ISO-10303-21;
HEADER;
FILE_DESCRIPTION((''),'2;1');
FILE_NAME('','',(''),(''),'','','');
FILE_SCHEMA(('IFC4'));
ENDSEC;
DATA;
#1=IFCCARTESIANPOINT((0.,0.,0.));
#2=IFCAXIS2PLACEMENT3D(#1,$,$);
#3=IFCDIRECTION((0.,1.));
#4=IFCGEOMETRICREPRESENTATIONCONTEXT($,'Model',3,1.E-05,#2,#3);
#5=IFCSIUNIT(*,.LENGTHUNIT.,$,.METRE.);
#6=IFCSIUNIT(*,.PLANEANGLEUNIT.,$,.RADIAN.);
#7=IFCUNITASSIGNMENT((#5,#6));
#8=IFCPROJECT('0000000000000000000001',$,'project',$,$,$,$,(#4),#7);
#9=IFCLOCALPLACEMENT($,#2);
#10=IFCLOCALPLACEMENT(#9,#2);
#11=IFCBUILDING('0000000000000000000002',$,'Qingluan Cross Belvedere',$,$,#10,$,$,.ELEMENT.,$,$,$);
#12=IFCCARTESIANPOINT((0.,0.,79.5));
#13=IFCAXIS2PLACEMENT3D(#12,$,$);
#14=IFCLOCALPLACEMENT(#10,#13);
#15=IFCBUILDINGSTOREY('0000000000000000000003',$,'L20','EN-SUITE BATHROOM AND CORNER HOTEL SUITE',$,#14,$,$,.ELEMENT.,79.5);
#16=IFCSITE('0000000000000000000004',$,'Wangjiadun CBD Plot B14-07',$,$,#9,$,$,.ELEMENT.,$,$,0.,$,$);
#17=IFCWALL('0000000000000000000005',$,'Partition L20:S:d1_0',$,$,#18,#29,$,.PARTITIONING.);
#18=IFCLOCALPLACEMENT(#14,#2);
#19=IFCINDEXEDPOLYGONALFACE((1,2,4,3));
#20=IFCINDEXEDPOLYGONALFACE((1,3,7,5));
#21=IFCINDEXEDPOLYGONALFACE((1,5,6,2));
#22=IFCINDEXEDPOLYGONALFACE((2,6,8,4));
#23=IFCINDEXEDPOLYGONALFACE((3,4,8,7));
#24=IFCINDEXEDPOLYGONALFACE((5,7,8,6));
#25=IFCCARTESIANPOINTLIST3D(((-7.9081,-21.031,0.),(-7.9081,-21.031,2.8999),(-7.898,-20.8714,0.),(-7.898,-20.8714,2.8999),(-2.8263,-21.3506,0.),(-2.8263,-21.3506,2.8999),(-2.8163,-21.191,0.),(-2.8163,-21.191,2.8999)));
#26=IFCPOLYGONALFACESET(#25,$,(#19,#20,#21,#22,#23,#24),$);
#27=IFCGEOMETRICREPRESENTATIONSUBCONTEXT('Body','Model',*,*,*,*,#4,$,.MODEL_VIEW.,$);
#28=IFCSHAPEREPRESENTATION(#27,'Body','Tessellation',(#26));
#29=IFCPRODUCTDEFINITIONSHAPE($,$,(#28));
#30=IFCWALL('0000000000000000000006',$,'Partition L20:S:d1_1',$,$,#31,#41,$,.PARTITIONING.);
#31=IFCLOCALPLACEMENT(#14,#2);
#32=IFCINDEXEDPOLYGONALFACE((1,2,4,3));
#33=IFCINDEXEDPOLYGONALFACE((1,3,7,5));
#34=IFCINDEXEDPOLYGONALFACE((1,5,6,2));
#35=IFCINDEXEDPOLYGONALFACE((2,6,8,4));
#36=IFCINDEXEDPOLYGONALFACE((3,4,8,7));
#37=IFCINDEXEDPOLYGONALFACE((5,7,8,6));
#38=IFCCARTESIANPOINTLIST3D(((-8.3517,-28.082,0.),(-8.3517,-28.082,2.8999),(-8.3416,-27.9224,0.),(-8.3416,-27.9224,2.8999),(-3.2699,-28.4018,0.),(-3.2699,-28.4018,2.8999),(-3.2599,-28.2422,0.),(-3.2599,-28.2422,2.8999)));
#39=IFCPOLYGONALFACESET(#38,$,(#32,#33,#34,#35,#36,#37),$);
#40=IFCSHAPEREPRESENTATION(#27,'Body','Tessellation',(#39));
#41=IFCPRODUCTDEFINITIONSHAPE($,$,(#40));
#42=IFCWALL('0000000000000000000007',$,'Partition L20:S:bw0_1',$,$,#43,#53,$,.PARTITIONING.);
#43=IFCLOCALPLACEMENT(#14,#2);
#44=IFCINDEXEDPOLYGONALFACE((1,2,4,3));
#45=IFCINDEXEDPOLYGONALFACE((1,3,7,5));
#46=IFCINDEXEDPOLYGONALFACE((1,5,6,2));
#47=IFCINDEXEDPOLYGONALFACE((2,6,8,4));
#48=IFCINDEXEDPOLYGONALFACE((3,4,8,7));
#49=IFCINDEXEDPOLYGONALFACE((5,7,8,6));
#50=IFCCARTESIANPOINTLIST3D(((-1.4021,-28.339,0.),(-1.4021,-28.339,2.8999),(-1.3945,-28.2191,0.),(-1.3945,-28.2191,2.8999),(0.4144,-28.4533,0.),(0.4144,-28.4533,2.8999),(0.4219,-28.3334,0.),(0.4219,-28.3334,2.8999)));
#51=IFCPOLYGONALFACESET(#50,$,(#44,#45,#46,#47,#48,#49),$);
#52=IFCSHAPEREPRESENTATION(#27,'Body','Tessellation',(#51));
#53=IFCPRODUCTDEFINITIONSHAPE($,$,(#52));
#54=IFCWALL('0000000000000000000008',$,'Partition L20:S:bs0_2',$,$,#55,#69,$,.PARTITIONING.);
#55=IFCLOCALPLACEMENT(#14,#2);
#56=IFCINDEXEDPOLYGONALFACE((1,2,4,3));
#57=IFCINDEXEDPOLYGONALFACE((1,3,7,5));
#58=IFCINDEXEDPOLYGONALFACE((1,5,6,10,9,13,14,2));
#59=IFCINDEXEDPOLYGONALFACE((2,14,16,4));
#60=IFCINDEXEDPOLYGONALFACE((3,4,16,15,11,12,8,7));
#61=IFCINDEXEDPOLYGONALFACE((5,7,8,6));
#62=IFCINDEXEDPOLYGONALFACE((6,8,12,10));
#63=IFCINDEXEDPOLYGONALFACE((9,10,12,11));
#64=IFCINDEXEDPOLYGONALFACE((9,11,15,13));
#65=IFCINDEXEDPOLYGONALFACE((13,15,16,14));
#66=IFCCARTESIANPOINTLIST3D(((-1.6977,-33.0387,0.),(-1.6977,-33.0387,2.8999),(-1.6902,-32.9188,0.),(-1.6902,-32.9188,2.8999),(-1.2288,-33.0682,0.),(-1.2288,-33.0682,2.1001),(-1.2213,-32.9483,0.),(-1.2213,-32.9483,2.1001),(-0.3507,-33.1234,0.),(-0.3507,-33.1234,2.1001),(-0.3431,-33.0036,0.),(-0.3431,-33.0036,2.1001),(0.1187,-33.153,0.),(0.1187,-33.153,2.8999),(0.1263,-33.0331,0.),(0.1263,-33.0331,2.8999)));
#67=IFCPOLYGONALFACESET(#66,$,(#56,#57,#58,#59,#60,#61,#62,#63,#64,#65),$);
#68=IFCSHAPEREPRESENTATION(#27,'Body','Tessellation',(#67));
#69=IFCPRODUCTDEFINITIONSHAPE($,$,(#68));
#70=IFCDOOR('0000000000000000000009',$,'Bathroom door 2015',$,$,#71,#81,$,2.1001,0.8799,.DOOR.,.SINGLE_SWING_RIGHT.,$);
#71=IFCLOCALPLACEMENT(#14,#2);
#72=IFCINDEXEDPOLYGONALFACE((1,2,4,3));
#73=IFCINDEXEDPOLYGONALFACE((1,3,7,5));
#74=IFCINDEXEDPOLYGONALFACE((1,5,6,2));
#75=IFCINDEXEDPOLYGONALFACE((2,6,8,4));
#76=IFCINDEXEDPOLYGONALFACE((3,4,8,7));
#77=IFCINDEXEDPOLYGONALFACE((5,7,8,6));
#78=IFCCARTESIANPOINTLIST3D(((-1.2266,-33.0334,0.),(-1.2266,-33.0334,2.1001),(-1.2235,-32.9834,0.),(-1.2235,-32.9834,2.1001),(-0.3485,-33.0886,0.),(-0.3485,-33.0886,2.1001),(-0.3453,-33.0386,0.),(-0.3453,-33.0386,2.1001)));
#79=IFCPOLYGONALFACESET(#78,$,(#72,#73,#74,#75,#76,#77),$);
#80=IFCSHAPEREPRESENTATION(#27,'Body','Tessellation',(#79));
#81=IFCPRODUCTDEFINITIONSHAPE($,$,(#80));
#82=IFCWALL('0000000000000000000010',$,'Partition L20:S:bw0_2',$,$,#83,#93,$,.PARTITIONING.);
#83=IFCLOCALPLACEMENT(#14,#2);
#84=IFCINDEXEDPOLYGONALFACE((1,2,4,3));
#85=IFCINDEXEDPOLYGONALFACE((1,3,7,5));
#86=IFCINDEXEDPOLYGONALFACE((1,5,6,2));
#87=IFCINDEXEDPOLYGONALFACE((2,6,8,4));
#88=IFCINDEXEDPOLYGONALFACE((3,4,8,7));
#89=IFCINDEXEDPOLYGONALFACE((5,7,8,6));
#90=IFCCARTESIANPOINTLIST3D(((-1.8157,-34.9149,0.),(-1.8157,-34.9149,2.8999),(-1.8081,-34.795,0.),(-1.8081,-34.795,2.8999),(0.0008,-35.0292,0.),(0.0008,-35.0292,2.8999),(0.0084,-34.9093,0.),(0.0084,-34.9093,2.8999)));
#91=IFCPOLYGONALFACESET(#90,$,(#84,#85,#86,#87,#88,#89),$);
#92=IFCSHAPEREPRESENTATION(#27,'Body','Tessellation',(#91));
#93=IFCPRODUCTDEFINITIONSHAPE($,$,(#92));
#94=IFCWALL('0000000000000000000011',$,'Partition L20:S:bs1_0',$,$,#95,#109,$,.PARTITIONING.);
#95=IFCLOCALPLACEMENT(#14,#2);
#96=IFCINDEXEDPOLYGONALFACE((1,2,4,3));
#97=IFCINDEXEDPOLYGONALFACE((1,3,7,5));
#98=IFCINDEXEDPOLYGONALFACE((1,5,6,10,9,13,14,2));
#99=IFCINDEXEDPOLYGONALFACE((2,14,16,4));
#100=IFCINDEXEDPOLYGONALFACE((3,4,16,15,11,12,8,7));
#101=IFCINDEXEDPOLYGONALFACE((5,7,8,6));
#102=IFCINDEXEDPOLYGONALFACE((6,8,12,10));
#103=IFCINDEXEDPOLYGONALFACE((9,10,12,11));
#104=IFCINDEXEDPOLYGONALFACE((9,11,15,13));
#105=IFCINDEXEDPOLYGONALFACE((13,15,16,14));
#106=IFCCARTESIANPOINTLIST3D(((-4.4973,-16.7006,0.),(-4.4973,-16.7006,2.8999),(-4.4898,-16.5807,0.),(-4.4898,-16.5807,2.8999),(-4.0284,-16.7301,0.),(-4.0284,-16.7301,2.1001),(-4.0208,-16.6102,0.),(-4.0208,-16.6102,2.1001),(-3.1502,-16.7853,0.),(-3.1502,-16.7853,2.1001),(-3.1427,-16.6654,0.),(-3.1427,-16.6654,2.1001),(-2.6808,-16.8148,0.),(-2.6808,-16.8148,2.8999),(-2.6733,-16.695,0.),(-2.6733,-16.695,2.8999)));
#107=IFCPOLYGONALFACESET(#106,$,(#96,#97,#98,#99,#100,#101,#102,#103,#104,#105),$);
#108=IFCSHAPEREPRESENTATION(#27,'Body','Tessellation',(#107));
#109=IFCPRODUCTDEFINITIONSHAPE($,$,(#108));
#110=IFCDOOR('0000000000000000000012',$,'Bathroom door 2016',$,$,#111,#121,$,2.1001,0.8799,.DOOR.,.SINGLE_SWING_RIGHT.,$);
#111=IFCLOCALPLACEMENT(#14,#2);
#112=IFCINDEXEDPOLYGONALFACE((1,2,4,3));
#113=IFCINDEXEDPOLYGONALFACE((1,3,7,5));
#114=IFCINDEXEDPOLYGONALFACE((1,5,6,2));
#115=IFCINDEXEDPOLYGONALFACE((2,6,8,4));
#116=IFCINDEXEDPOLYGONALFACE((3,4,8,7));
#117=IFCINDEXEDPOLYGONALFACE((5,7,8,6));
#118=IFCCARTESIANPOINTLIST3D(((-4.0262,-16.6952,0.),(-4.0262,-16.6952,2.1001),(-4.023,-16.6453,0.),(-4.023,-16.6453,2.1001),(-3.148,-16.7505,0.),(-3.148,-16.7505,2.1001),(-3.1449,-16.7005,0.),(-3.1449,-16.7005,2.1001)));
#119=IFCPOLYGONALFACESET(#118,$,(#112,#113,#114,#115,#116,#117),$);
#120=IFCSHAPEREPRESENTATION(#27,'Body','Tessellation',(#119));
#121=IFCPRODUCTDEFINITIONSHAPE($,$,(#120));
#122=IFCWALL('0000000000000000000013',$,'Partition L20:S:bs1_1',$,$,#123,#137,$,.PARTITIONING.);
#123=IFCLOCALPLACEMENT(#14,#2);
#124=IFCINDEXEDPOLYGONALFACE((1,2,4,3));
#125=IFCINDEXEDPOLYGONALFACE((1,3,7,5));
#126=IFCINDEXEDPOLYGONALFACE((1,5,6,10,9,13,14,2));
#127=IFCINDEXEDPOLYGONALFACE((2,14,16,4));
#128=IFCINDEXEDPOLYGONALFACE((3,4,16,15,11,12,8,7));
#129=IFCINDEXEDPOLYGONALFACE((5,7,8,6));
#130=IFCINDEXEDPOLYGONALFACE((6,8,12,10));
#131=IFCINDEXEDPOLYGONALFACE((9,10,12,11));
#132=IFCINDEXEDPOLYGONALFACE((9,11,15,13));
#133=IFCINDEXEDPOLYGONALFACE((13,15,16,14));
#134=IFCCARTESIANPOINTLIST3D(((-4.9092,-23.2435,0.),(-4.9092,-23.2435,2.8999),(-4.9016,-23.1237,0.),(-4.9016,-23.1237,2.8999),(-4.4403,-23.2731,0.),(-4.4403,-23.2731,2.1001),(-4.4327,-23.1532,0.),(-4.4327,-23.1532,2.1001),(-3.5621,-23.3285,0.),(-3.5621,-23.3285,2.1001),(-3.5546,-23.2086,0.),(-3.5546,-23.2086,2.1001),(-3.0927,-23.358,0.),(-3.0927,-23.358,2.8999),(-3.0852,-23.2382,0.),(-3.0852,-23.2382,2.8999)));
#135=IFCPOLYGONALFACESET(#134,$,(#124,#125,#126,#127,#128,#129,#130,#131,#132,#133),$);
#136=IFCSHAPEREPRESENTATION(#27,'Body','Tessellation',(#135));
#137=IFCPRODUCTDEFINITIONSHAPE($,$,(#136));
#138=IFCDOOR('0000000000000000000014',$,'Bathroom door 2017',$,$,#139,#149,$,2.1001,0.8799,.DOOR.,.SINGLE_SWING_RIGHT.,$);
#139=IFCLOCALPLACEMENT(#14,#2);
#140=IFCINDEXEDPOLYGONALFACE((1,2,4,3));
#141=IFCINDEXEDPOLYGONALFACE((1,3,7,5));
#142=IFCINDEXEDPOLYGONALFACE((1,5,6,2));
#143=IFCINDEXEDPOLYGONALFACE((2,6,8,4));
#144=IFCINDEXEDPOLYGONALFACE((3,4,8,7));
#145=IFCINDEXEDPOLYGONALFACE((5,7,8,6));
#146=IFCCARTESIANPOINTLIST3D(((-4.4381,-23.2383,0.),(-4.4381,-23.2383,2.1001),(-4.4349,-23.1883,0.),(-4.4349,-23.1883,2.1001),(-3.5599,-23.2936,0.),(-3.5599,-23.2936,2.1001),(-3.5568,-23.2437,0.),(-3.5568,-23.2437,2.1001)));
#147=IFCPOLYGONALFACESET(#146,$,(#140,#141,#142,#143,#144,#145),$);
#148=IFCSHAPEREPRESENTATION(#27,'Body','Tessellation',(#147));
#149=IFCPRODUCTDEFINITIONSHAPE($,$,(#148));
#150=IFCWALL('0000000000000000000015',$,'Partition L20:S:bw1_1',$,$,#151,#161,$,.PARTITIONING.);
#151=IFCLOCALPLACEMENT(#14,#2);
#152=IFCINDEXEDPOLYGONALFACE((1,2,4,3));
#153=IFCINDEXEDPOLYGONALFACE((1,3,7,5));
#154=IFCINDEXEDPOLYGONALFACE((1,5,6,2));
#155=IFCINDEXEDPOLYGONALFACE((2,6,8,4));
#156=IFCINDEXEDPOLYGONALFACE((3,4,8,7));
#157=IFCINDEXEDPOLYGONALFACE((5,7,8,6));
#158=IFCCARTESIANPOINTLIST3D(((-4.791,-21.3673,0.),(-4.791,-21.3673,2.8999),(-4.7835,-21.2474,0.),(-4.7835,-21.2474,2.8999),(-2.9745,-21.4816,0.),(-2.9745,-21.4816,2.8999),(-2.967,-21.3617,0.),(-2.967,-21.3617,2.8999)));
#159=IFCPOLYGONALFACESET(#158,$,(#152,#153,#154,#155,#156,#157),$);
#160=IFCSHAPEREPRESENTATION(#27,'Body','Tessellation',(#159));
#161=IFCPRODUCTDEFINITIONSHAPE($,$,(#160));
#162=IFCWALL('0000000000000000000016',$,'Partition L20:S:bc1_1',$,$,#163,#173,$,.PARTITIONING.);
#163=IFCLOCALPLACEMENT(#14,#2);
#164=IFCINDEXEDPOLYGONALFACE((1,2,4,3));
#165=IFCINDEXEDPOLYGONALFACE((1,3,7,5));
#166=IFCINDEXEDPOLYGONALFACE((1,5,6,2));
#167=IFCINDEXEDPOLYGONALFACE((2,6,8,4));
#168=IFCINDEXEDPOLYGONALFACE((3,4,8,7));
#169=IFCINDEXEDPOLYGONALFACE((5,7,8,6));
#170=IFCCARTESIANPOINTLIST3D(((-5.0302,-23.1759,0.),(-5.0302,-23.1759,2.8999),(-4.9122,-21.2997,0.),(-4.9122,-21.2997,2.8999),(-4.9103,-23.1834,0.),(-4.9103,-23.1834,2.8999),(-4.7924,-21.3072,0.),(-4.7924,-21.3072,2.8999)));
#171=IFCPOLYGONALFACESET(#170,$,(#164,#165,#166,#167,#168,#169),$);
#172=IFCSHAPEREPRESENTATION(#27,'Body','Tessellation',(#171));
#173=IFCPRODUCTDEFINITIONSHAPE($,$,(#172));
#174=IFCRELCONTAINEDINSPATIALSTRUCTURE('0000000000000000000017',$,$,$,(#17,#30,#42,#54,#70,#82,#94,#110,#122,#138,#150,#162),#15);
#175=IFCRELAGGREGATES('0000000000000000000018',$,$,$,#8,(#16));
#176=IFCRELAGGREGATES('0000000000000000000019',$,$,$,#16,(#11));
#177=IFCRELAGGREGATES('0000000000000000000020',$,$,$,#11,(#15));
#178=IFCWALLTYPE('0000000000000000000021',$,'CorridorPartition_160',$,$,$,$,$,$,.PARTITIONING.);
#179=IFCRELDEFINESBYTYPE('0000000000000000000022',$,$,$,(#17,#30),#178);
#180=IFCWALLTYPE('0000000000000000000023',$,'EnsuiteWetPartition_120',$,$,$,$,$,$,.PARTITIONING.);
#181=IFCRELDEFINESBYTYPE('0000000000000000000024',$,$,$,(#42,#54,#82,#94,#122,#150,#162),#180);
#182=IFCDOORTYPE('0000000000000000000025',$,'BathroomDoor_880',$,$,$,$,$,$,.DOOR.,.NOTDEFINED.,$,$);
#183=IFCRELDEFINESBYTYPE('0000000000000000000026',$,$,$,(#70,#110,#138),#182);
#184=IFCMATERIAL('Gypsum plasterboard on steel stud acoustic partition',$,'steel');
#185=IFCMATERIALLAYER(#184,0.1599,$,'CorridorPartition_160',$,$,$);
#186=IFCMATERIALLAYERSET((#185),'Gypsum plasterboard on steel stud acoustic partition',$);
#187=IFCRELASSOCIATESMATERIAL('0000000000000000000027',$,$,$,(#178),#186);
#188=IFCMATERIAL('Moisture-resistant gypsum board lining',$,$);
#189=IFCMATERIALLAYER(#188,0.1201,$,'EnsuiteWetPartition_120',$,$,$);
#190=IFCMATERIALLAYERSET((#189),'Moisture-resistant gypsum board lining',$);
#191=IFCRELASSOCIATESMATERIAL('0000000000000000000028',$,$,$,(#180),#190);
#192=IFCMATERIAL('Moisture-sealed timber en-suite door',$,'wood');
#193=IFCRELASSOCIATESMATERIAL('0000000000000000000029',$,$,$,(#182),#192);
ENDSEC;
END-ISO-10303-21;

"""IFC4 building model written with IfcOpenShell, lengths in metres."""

from ifc_helpers import new_model, si_unit, direction, frame, frame_2d, origin, place, context, subcontext, project, spatial, rectangle, extrude, material, layer, layer_set, type_object, element, fill, save


model = new_model("IFC4")

# Units and contexts
model_context = context("Model", 3, precision=1e-05, world=origin(), true_north=direction((0.0, 1.0)))
body_context = subcontext(model_context, "Body", "Model", "MODEL_VIEW")
ifc_project = project(units=[si_unit("LENGTHUNIT", "METRE"), si_unit("PLANEANGLEUNIT", "RADIAN")], contexts=[model_context])

# Site, building, storey
site_placement = place(None, origin())
site = spatial("IfcSite", under=ifc_project, at=site_placement, Name="Wangjiadun CBD Plot B14-07", CompositionType="ELEMENT", RefElevation=0.0)
building_placement = place(site_placement, origin())
building = spatial("IfcBuilding", under=site, at=building_placement, Name="Qingluan Cross Belvedere", CompositionType="ELEMENT")
storey_placement = place(building_placement, frame((0.0, 0.0, 79.5)))
storey = spatial("IfcBuildingStorey", under=building, at=storey_placement, Name="L20", Description="EN-SUITE BATHROOM AND CORNER HOTEL SUITE", CompositionType="ELEMENT", Elevation=79.5)

# Walls
ifc_material_1 = material(Name="Gypsum plasterboard on steel stud acoustic partition", Category="steel")
ifc_layer_1 = layer(ifc_material_1, 0.1599, Name="CorridorPartition_160")
ifc_layer_set_1 = layer_set([ifc_layer_1], Name="Gypsum plasterboard on steel stud acoustic partition")
wall_type_1 = type_object("IfcWallType", Name="CorridorPartition_160", PredefinedType="PARTITIONING", material=ifc_layer_set_1)
for number, where, z_axis, x_axis, name in (
    (1, (-2.8213, -21.2708, 0.0), (0.0, 0.0, 1.0), (-0.998028, 0.062763, 0.0), "Partition L20:S:d1_0"),
    (2, (-3.2649, -28.322, 0.0), (0.0, 0.0, 1.0), (-0.998025, 0.062811, 0.0), "Partition L20:S:d1_1"),
):
    element("IfcWall", number, at=place(storey_placement, frame(where, z_axis=z_axis, x_axis=x_axis)), inside=storey, type_object=wall_type_1, Name=name, PredefinedType="PARTITIONING", context=body_context, shape_type="SweptSolid", body=[
        extrude(rectangle(XDim=5.0918, YDim=0.1599, at=frame_2d((2.5459, 0.0))), origin(), (0.0, 0.0, 1.0), 2.8999),
    ])
ifc_material_2 = material(Name="Moisture-resistant gypsum board lining")
ifc_layer_2 = layer(ifc_material_2, 0.1201, Name="EnsuiteWetPartition_120")
ifc_layer_set_2 = layer_set([ifc_layer_2], Name="Moisture-resistant gypsum board lining")
wall_type_2 = type_object("IfcWallType", Name="EnsuiteWetPartition_120", PredefinedType="PARTITIONING", material=ifc_layer_set_2)
wall_1_placement = place(storey_placement, frame((-1.3984, -28.2791, 0.0), z_axis=(0.0, 0.0, 1.0), x_axis=(0.998027, -0.062779, 0.0)))
element("IfcWall", 3, at=wall_1_placement, inside=storey, type_object=wall_type_2, Name="Partition L20:S:bw0_1", PredefinedType="PARTITIONING", context=body_context, shape_type="SweptSolid", body=[
    extrude(rectangle(XDim=1.8201, YDim=0.1201, at=frame_2d((0.9102, 0.0))), origin(), (0.0, 0.0, 1.0), 2.8999),
])

# Wall, opening, door
wall_2_placement = place(storey_placement, frame((-1.6941, -32.9788, 0.0), z_axis=(0.0, 0.0, 1.0), x_axis=(0.998027, -0.062779, 0.0)))
wall_2 = element("IfcWall", 4, at=wall_2_placement, inside=storey, type_object=wall_type_2, Name="Partition L20:S:bs0_2", PredefinedType="PARTITIONING", context=body_context, shape_type="SweptSolid", body=[
    extrude(rectangle(XDim=1.8201, YDim=0.1201, at=frame_2d((0.9102, 0.0))), origin(), (0.0, 0.0, 1.0), 2.8999),
])
opening_1_placement = place(wall_2_placement, frame((0.47, 0.0, 0.0)))
opening_1 = element("IfcOpeningElement", 5, at=opening_1_placement, cuts=wall_2, PredefinedType="OPENING", context=body_context, shape_type="SweptSolid", body=[
    extrude(rectangle(XDim=0.8799, YDim=2.1001, at=frame_2d((0.4399, 1.05))), frame((0.0, 0.0701, 0.0), z_axis=(0.0, -1.0, 0.0), x_axis=(1.0, 0.0, 0.0)), (0.0, 0.0, 1.0), 0.1401),
])
ifc_material_3 = material(Name="Moisture-sealed timber en-suite door", Category="wood")
door_type = type_object("IfcDoorType", Name="BathroomDoor_880", OperationType="NOTDEFINED", PredefinedType="DOOR", material=ifc_material_3)
door_1_placement = place(opening_1_placement, origin())
door_1 = element("IfcDoor", 6, at=door_1_placement, inside=storey, type_object=door_type, Name="Bathroom door 2015", OperationType="SINGLE_SWING_RIGHT", OverallHeight=2.1001, OverallWidth=0.8799, PredefinedType="DOOR", context=body_context, shape_type="SweptSolid", body=[
    extrude(rectangle(XDim=0.8799, YDim=2.1001, at=frame_2d((0.4399, 1.05))), frame((0.0, 0.0249, 0.0), z_axis=(0.0, -1.0, 0.0), x_axis=(1.0, 0.0, 0.0)), (0.0, 0.0, 1.0), 0.05),
])
fill(opening_1, door_1)

# Wall
wall_3_placement = place(storey_placement, frame((-1.812, -34.855, 0.0), z_axis=(0.0, 0.0, 1.0), x_axis=(0.998027, -0.062779, 0.0)))
element("IfcWall", 7, at=wall_3_placement, inside=storey, type_object=wall_type_2, Name="Partition L20:S:bw0_2", PredefinedType="PARTITIONING", context=body_context, shape_type="SweptSolid", body=[
    extrude(rectangle(XDim=1.8201, YDim=0.1201, at=frame_2d((0.9102, 0.0))), origin(), (0.0, 0.0, 1.0), 2.8999),
])

# Walls, openings, doors
wall_4_placement = place(storey_placement, frame((-4.4937, -16.6406, 0.0), z_axis=(0.0, 0.0, 1.0), x_axis=(0.998027, -0.062779, 0.0)))
wall_4 = element("IfcWall", 8, at=wall_4_placement, inside=storey, type_object=wall_type_2, Name="Partition L20:S:bs1_0", PredefinedType="PARTITIONING", context=body_context, shape_type="SweptSolid", body=[
    extrude(rectangle(XDim=1.8201, YDim=0.1201, at=frame_2d((0.9102, 0.0))), origin(), (0.0, 0.0, 1.0), 2.8999),
])
opening_2_placement = place(wall_4_placement, frame((0.47, 0.0, 0.0)))
opening_2 = element("IfcOpeningElement", 9, at=opening_2_placement, cuts=wall_4, PredefinedType="OPENING", context=body_context, shape_type="SweptSolid", body=[
    extrude(rectangle(XDim=0.8799, YDim=2.1001, at=frame_2d((0.4399, 1.05))), frame((0.0, 0.0701, 0.0), z_axis=(0.0, -1.0, 0.0), x_axis=(1.0, 0.0, 0.0)), (0.0, 0.0, 1.0), 0.1401),
])
door_2_placement = place(opening_2_placement, origin())
door_2 = element("IfcDoor", 10, at=door_2_placement, inside=storey, type_object=door_type, Name="Bathroom door 2016", OperationType="SINGLE_SWING_RIGHT", OverallHeight=2.1001, OverallWidth=0.8799, PredefinedType="DOOR", context=body_context, shape_type="SweptSolid", body=[
    extrude(rectangle(XDim=0.8799, YDim=2.1001, at=frame_2d((0.4399, 1.05))), frame((0.0, 0.0249, 0.0), z_axis=(0.0, -1.0, 0.0), x_axis=(1.0, 0.0, 0.0)), (0.0, 0.0, 1.0), 0.05),
])
fill(opening_2, door_2)
wall_5_placement = place(storey_placement, frame((-4.9055, -23.1836, 0.0), z_axis=(0.0, 0.0, 1.0), x_axis=(0.998019, -0.062913, 0.0)))
wall_5 = element("IfcWall", 11, at=wall_5_placement, inside=storey, type_object=wall_type_2, Name="Partition L20:S:bs1_1", PredefinedType="PARTITIONING", context=body_context, shape_type="SweptSolid", body=[
    extrude(rectangle(XDim=1.8201, YDim=0.1201, at=frame_2d((0.9102, 0.0))), origin(), (0.0, 0.0, 1.0), 2.8999),
])
opening_3_placement = place(wall_5_placement, frame((0.47, 0.0, 0.0)))
opening_3 = element("IfcOpeningElement", 12, at=opening_3_placement, cuts=wall_5, PredefinedType="OPENING", context=body_context, shape_type="SweptSolid", body=[
    extrude(rectangle(XDim=0.8799, YDim=2.1001, at=frame_2d((0.4399, 1.05))), frame((0.0, 0.0701, 0.0), z_axis=(0.0, -1.0, 0.0), x_axis=(1.0, 0.0, 0.0)), (0.0, 0.0, 1.0), 0.1401),
])
door_3_placement = place(opening_3_placement, origin())
door_3 = element("IfcDoor", 13, at=door_3_placement, inside=storey, type_object=door_type, Name="Bathroom door 2017", OperationType="SINGLE_SWING_RIGHT", OverallHeight=2.1001, OverallWidth=0.8799, PredefinedType="DOOR", context=body_context, shape_type="SweptSolid", body=[
    extrude(rectangle(XDim=0.8799, YDim=2.1001, at=frame_2d((0.4399, 1.05))), frame((0.0, 0.0249, 0.0), z_axis=(0.0, -1.0, 0.0), x_axis=(1.0, 0.0, 0.0)), (0.0, 0.0, 1.0), 0.05),
])
fill(opening_3, door_3)

# Walls
wall_6_placement = place(storey_placement, frame((-4.7874, -21.3074, 0.0), z_axis=(0.0, 0.0, 1.0), x_axis=(0.998027, -0.062779, 0.0)))
element("IfcWall", 14, at=wall_6_placement, inside=storey, type_object=wall_type_2, Name="Partition L20:S:bw1_1", PredefinedType="PARTITIONING", context=body_context, shape_type="SweptSolid", body=[
    extrude(rectangle(XDim=1.8201, YDim=0.1201, at=frame_2d((0.9102, 0.0))), origin(), (0.0, 0.0, 1.0), 2.8999),
])
wall_7_placement = place(storey_placement, frame((-4.8523, -21.3035, 0.0), z_axis=(0.0, 0.0, 1.0), x_axis=(-0.062726, -0.998031, 0.0)))
element("IfcWall", 15, at=wall_7_placement, inside=storey, type_object=wall_type_2, Name="Partition L20:S:bc1_1", PredefinedType="PARTITIONING", context=body_context, shape_type="SweptSolid", body=[
    extrude(rectangle(XDim=1.8799, YDim=0.1201, at=frame_2d((0.9399, 0.0))), origin(), (0.0, 0.0, 1.0), 2.8999),
])

save(model, "model.ifc")
